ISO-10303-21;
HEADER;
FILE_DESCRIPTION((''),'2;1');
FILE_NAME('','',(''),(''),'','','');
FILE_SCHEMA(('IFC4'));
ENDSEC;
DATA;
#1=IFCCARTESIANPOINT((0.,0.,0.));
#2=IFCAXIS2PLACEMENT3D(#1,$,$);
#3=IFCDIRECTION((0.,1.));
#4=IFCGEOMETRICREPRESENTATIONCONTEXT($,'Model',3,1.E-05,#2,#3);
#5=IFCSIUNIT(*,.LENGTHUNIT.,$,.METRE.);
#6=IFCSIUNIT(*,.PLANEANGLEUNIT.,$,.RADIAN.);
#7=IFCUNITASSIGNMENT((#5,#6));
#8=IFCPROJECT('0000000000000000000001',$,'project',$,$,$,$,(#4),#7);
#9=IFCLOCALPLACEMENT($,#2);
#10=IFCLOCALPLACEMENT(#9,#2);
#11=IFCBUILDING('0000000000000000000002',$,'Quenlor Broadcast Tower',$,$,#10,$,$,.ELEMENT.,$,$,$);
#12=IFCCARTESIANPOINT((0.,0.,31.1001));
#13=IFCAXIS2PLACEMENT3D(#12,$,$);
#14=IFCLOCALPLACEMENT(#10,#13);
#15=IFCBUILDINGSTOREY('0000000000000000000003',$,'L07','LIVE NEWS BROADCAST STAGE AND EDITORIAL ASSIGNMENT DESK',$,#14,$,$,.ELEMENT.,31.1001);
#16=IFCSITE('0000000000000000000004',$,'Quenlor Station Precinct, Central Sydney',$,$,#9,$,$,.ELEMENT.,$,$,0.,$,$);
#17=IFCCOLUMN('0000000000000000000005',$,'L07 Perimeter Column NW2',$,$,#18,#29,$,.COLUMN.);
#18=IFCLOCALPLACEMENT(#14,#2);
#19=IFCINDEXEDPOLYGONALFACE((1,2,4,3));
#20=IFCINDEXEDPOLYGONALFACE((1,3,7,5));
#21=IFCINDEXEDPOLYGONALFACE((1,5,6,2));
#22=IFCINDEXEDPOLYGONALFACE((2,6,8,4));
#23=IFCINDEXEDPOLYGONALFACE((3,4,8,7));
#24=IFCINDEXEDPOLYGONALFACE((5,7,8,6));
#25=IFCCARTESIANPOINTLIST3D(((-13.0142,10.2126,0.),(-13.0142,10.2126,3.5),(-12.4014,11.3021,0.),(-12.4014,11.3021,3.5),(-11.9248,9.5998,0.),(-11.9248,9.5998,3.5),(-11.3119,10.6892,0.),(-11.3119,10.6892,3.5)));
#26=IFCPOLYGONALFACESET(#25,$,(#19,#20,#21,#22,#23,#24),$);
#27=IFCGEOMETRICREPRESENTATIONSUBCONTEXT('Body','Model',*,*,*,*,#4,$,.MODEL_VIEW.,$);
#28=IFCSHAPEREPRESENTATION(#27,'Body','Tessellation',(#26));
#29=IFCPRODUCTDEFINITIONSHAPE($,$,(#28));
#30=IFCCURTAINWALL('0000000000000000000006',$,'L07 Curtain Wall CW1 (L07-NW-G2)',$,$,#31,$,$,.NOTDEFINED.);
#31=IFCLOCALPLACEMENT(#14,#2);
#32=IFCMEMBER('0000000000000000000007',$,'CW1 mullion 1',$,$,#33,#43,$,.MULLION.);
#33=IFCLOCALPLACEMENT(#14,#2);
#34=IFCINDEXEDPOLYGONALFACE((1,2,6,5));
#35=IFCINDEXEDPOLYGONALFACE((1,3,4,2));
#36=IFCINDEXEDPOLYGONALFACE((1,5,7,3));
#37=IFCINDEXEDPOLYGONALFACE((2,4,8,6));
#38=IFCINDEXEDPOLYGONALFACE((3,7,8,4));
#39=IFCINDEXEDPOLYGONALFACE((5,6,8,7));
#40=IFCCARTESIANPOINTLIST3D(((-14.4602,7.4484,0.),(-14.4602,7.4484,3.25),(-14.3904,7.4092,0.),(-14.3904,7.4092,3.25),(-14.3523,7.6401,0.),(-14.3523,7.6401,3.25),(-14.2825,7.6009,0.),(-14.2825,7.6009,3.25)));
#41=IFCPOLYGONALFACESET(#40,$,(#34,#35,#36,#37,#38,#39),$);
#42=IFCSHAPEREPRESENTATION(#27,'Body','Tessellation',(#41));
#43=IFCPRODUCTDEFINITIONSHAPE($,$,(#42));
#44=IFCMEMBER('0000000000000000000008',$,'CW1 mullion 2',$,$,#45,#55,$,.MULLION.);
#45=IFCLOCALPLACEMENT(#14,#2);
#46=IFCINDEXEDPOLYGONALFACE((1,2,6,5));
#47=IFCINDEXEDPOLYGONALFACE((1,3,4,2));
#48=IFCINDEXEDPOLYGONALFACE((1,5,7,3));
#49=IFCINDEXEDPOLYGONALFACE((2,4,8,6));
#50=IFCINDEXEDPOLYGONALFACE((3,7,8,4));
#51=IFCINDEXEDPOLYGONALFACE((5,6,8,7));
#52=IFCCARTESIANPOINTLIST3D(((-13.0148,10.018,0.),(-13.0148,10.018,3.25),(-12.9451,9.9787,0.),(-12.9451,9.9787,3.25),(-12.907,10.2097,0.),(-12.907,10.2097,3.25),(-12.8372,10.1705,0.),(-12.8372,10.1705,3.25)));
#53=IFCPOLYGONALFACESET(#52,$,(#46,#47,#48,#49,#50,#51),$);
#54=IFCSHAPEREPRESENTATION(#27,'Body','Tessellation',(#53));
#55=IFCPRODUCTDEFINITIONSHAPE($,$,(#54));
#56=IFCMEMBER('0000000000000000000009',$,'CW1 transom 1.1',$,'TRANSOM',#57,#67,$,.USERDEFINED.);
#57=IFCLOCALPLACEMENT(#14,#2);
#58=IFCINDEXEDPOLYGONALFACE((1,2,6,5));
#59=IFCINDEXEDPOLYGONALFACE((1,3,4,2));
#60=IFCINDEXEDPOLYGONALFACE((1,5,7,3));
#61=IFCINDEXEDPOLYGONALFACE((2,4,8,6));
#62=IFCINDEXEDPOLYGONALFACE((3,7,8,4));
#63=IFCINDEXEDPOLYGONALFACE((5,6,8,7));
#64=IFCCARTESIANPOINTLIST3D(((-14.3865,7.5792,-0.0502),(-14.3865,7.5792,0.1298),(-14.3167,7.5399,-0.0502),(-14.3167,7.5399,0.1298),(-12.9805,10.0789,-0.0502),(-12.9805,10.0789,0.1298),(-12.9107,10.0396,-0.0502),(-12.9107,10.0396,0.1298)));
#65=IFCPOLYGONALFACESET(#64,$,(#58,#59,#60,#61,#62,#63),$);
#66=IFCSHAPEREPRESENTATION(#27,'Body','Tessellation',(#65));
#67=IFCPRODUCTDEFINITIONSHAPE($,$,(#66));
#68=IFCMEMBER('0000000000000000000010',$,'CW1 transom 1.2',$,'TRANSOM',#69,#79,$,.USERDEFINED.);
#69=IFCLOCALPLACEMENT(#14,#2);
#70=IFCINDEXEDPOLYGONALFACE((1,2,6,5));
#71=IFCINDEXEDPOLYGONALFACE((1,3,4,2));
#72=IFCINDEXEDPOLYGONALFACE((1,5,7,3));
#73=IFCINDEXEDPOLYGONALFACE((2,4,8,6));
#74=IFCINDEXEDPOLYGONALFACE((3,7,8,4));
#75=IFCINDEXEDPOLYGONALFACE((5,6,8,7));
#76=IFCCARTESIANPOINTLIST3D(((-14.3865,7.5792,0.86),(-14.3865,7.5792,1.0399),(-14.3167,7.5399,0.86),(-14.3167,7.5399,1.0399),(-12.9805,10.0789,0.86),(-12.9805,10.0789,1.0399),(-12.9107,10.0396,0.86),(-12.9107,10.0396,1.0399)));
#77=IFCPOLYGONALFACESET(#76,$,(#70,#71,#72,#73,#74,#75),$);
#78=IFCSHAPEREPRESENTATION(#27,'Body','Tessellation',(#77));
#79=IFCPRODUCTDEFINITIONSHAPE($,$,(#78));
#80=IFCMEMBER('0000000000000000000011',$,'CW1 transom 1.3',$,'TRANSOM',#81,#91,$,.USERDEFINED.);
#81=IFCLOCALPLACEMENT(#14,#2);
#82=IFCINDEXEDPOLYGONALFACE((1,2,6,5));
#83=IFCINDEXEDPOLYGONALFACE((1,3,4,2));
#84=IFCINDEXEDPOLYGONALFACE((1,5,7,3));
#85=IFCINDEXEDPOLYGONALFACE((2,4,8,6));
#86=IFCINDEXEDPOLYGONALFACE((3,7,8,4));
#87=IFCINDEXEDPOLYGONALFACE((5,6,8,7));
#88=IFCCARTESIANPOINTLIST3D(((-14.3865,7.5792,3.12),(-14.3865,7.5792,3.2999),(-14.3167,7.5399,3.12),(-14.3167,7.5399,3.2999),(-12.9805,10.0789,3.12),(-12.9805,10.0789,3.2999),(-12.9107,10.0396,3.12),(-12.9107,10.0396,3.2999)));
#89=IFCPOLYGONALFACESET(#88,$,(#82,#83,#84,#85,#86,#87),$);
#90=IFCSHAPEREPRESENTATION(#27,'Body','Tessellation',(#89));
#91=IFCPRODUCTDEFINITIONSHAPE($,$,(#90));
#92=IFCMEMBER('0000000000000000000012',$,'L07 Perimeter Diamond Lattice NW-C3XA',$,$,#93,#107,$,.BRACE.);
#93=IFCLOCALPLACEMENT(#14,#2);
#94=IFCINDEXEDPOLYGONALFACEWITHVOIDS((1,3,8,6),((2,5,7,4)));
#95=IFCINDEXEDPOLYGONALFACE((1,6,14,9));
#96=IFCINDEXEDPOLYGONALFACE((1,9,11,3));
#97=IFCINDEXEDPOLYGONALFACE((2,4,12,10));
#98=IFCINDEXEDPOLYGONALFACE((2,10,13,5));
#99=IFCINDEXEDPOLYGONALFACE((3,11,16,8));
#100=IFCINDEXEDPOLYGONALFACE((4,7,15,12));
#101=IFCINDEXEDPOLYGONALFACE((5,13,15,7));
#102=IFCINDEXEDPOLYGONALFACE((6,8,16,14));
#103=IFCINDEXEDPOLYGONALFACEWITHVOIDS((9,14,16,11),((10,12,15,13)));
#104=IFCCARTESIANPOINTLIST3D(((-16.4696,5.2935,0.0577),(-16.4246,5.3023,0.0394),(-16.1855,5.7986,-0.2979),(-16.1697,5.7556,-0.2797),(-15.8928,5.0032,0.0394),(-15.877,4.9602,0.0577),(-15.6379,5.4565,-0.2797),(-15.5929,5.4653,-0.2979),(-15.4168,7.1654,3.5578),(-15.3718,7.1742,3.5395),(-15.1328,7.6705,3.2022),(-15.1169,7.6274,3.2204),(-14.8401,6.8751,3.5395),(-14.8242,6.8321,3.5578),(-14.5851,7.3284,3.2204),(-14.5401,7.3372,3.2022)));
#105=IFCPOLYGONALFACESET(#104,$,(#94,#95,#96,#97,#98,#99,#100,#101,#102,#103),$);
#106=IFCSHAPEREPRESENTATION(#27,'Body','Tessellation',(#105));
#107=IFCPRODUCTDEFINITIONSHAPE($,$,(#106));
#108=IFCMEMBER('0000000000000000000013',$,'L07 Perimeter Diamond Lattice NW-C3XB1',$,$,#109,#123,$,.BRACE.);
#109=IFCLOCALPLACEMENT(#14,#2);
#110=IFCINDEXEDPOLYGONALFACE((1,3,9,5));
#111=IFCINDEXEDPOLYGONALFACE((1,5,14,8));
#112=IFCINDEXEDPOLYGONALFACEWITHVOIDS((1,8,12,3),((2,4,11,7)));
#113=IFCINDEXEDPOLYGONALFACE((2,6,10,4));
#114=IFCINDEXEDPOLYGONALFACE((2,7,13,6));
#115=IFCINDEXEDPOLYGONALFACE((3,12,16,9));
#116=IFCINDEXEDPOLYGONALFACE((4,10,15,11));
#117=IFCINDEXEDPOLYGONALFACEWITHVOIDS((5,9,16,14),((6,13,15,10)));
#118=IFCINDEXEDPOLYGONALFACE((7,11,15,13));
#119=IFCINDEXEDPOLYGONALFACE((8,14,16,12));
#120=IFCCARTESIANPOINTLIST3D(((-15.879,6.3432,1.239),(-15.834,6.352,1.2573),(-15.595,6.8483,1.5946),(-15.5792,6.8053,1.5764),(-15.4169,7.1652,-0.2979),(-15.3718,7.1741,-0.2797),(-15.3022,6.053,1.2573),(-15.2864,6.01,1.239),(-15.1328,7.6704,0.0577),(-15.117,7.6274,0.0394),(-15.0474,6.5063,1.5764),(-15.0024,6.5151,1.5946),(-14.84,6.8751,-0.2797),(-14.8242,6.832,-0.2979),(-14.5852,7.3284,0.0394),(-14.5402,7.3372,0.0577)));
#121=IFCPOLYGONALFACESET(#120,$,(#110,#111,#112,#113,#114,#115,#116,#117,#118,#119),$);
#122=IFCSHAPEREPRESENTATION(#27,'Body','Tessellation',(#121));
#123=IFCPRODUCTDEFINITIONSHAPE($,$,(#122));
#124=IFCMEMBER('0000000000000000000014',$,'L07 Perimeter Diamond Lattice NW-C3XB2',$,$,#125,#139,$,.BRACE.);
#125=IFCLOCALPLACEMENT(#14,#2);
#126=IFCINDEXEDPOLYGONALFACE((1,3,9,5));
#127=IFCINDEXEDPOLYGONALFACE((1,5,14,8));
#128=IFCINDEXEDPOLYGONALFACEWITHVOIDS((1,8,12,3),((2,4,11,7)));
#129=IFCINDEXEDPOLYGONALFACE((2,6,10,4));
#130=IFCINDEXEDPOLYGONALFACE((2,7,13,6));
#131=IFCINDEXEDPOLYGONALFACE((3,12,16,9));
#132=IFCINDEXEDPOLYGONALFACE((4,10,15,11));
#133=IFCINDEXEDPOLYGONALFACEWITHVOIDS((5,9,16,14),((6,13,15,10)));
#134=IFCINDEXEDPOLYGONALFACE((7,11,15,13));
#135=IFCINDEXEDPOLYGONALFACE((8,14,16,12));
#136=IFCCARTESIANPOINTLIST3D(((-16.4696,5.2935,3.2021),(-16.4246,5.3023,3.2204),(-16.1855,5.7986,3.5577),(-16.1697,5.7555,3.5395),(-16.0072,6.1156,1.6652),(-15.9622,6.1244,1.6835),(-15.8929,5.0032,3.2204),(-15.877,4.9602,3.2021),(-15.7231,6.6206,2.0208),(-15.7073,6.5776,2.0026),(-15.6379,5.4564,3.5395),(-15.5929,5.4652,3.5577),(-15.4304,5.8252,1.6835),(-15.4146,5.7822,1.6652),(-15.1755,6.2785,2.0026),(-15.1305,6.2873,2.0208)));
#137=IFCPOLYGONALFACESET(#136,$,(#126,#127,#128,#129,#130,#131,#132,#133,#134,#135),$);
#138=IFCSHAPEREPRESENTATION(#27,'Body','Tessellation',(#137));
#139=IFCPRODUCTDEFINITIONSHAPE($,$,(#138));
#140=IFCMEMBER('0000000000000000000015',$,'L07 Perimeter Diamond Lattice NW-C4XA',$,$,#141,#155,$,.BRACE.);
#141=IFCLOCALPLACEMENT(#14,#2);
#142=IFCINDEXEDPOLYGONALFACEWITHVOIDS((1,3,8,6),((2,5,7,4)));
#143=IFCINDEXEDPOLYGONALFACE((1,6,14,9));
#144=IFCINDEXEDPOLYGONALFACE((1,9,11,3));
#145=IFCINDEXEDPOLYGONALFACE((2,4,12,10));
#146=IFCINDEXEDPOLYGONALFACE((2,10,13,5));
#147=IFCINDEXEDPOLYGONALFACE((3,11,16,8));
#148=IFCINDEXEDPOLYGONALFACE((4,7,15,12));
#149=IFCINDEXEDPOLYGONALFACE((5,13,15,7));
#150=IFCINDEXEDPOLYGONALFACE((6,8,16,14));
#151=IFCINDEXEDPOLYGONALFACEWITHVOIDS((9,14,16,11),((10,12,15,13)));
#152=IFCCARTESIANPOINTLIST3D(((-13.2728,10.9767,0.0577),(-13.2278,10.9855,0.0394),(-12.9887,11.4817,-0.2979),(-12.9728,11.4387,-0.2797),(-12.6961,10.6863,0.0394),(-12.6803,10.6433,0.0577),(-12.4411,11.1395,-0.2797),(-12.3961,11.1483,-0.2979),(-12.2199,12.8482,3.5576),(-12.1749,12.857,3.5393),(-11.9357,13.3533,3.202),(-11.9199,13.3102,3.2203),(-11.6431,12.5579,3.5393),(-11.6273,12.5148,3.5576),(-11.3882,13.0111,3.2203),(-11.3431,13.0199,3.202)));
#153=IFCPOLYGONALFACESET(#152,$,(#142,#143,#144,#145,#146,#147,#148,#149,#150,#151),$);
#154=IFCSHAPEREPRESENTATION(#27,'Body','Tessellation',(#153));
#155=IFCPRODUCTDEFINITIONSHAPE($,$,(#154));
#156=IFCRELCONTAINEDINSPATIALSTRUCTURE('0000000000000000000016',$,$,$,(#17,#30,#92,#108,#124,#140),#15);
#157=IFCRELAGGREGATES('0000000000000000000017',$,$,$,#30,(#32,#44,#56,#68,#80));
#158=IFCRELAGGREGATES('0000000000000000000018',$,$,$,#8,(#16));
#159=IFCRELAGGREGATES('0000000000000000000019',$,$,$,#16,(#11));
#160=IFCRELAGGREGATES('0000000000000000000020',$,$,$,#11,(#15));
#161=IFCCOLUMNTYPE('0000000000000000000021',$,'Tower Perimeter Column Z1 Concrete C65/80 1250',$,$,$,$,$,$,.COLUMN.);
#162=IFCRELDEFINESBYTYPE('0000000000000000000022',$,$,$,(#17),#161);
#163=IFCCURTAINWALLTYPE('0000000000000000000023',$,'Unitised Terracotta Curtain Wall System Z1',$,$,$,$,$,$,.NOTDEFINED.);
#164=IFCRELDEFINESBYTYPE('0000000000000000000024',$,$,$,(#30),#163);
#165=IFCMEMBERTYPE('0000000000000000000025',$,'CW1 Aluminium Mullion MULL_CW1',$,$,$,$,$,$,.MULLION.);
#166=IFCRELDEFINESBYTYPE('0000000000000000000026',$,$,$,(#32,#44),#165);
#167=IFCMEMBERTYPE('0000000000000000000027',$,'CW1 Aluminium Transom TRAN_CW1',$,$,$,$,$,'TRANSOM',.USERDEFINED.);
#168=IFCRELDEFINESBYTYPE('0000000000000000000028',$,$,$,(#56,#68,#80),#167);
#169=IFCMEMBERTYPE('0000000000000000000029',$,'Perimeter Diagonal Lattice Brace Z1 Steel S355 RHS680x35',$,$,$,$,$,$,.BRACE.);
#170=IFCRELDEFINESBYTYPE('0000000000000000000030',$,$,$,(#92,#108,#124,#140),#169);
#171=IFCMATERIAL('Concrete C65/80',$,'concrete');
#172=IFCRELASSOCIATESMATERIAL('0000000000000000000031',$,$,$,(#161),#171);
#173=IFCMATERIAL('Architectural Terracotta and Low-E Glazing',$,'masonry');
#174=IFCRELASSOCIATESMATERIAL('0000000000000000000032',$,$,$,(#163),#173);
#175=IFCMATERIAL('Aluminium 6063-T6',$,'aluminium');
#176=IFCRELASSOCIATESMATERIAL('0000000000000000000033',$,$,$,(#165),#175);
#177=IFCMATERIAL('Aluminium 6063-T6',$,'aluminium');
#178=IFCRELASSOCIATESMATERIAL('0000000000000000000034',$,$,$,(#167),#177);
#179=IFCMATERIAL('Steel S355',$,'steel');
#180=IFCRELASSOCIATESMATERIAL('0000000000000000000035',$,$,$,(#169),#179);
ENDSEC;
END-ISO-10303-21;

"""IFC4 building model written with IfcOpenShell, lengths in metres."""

from ifc_helpers import new_model, si_unit, direction, frame, origin, origin_2d, place, context, subcontext, project, spatial, rectangle, hollow_rectangle, extrude, material, material_profile, profile_set, type_object, element, aggregate, save


model = new_model("IFC4")

# Units and contexts
model_context = context("Model", 3, precision=1e-05, world=origin(), true_north=direction((0.0, 1.0)))
body_context = subcontext(model_context, "Body", "Model", "MODEL_VIEW")
ifc_project = project(units=[si_unit("LENGTHUNIT", "METRE"), si_unit("PLANEANGLEUNIT", "RADIAN")], contexts=[model_context])

# Site, building, storey
site_placement = place(None, origin())
site = spatial("IfcSite", under=ifc_project, at=site_placement, Name="Quenlor Station Precinct, Central Sydney", CompositionType="ELEMENT", RefElevation=0.0)
building_placement = place(site_placement, origin())
building = spatial("IfcBuilding", under=site, at=building_placement, Name="Quenlor Broadcast Tower", CompositionType="ELEMENT")
storey_placement = place(building_placement, frame((0.0, 0.0, 31.1001)))
storey = spatial("IfcBuildingStorey", under=building, at=storey_placement, Name="L07", Description="LIVE NEWS BROADCAST STAGE AND EDITORIAL ASSIGNMENT DESK", CompositionType="ELEMENT", Elevation=31.1001)

# Column
ifc_material_1 = material(Name="Concrete C65/80", Category="concrete")
ifc_material_profile_1 = material_profile(ifc_material_1, rectangle(XDim=1.25, YDim=1.25, at=origin_2d()))
ifc_profile_set_1 = profile_set([ifc_material_profile_1], Name="Concrete C65/80 RC1250x1250")
column_type = type_object("IfcColumnType", Name="Tower Perimeter Column Z1 Concrete C65/80 1250", PredefinedType="COLUMN", material=ifc_profile_set_1)
column_placement = place(storey_placement, frame((-12.1631, 10.4509, 0.0), z_axis=(0.0, 0.0, 1.0), x_axis=(-0.871575, 0.490262, 0.0)))
element("IfcColumn", 1, at=column_placement, inside=storey, type_object=column_type, Name="L07 Perimeter Column NW2", PredefinedType="COLUMN", context=body_context, shape_type="SweptSolid", body=[
    extrude(rectangle(XDim=1.25, YDim=1.25, at=origin_2d()), origin(), (0.0, 0.0, 1.0), 3.5),
])

# Curtain wall, members
ifc_material_2 = material(Name="Architectural Terracotta and Low-E Glazing", Category="masonry")
curtain_wall_type = type_object("IfcCurtainWallType", Name="Unitised Terracotta Curtain Wall System Z1", PredefinedType="NOTDEFINED", material=ifc_material_2)
curtain_wall_placement = place(storey_placement, origin())
curtain_wall = element("IfcCurtainWall", 2, at=curtain_wall_placement, inside=storey, type_object=curtain_wall_type, Name="L07 Curtain Wall CW1 (L07-NW-G2)", PredefinedType="NOTDEFINED")
ifc_material_3 = material(Name="Aluminium 6063-T6", Category="aluminium")
ifc_material_profile_2 = material_profile(ifc_material_3, rectangle(XDim=0.0801, YDim=0.22, at=origin_2d()))
ifc_profile_set_2 = profile_set([ifc_material_profile_2], Name="Aluminium 6063-T6 MULL80x220")
member_type_1 = type_object("IfcMemberType", Name="CW1 Aluminium Mullion MULL_CW1", PredefinedType="MULLION", material=ifc_profile_set_2)
member_1_placement = place(storey_placement, frame((-14.3713, 7.5247, 0.0), z_axis=(0.0, 0.0, 1.0), x_axis=(-0.871568, 0.490274, 0.0)))
member_1 = element("IfcMember", 3, at=member_1_placement, type_object=member_type_1, Name="CW1 mullion 1", PredefinedType="MULLION", context=body_context, shape_type="SweptSolid", body=[
    extrude(rectangle(XDim=0.0801, YDim=0.22, at=origin_2d()), origin(), (0.0, 0.0, 1.0), 3.25),
])
member_2_placement = place(storey_placement, frame((-12.926, 10.0942, 0.0), z_axis=(0.0, 0.0, 1.0), x_axis=(-0.871568, 0.490274, 0.0)))
member_2 = element("IfcMember", 4, at=member_2_placement, type_object=member_type_1, Name="CW1 mullion 2", PredefinedType="MULLION", context=body_context, shape_type="SweptSolid", body=[
    extrude(rectangle(XDim=0.0801, YDim=0.22, at=origin_2d()), origin(), (0.0, 0.0, 1.0), 3.25),
])
ifc_material_4 = material(Name="Aluminium 6063-T6", Category="aluminium")
ifc_material_profile_3 = material_profile(ifc_material_4, rectangle(XDim=0.0801, YDim=0.1799, at=origin_2d()))
ifc_profile_set_3 = profile_set([ifc_material_profile_3], Name="Aluminium 6063-T6 TRAN80x180")
member_type_2 = type_object("IfcMemberType", Name="CW1 Aluminium Transom TRAN_CW1", ElementType="TRANSOM", PredefinedType="USERDEFINED", material=ifc_profile_set_3)
member_3_placement = place(storey_placement, frame((-14.3516, 7.5596, 0.0398), z_axis=(0.490233, 0.871591, 0.0), x_axis=(-0.871591, 0.490233, 0.0)))
member_3 = element("IfcMember", 5, at=member_3_placement, type_object=member_type_2, Name="CW1 transom 1.1", ObjectType="TRANSOM", PredefinedType="USERDEFINED", context=body_context, shape_type="SweptSolid", body=[
    extrude(rectangle(XDim=0.0801, YDim=0.1799, at=origin_2d()), origin(), (0.0, 0.0, 1.0), 2.8679),
])
member_4_placement = place(storey_placement, frame((-14.3516, 7.5596, 0.95), z_axis=(0.490233, 0.871591, 0.0), x_axis=(-0.871591, 0.490233, 0.0)))
member_4 = element("IfcMember", 6, at=member_4_placement, type_object=member_type_2, Name="CW1 transom 1.2", ObjectType="TRANSOM", PredefinedType="USERDEFINED", context=body_context, shape_type="SweptSolid", body=[
    extrude(rectangle(XDim=0.0801, YDim=0.1799, at=origin_2d()), origin(), (0.0, 0.0, 1.0), 2.8679),
])
member_5_placement = place(storey_placement, frame((-14.3516, 7.5596, 3.21), z_axis=(0.490233, 0.871591, 0.0), x_axis=(-0.871591, 0.490233, 0.0)))
member_5 = element("IfcMember", 7, at=member_5_placement, type_object=member_type_2, Name="CW1 transom 1.3", ObjectType="TRANSOM", PredefinedType="USERDEFINED", context=body_context, shape_type="SweptSolid", body=[
    extrude(rectangle(XDim=0.0801, YDim=0.1799, at=origin_2d()), origin(), (0.0, 0.0, 1.0), 2.8679),
])

# Members
ifc_material_5 = material(Name="Steel S355", Category="steel")
ifc_material_profile_4 = material_profile(ifc_material_5, hollow_rectangle(XDim=0.6799, YDim=0.6799, WallThickness=0.0349, at=origin_2d()))
ifc_profile_set_4 = profile_set([ifc_material_profile_4], Name="Steel S355 RHS680x680x35")
member_type_3 = type_object("IfcMemberType", Name="Perimeter Diagonal Lattice Brace Z1 Steel S355 RHS680x35", PredefinedType="BRACE", material=ifc_profile_set_4)
member_6_placement = place(storey_placement, frame((-16.0312, 5.3794, -0.1201), z_axis=(0.256368, 0.455839, 0.852342), x_axis=(-0.871609, 0.490202, 0.0)))
element("IfcMember", 8, at=member_6_placement, inside=storey, type_object=member_type_3, Name="L07 Perimeter Diamond Lattice NW-C3XA", PredefinedType="BRACE", context=body_context, shape_type="SweptSolid", body=[
    extrude(hollow_rectangle(XDim=0.6799, YDim=0.6799, WallThickness=0.0349, at=origin_2d()), origin(), (0.0, 0.0, 1.0), 4.1064),
])
for number, where, z_axis, x_axis, name in (
    (9, (-14.9785, 7.2512, -0.1201), (-0.256309, -0.455887, 0.852334), (0.871679, -0.490077, 0.0), "L07 Perimeter Diamond Lattice NW-C3XB1"),
    (10, (-15.5688, 6.2014, 1.843), (-0.256436, -0.455871, 0.852304), (0.871569, -0.490274, 0.0), "L07 Perimeter Diamond Lattice NW-C3XB2"),
):
    element("IfcMember", number, at=place(storey_placement, frame(where, z_axis=z_axis, x_axis=x_axis)), inside=storey, type_object=member_type_3, Name=name, PredefinedType="BRACE", context=body_context, shape_type="SweptSolid", body=[
        extrude(hollow_rectangle(XDim=0.6799, YDim=0.6799, WallThickness=0.0349, at=origin_2d()), origin(), (0.0, 0.0, 1.0), 1.8032),
    ])
member_7_placement = place(storey_placement, frame((-12.8345, 11.0625, -0.1201), z_axis=(0.256431, 0.455785, 0.852352), x_axis=(-0.871533, 0.490337, 0.0)))
element("IfcMember", 11, at=member_7_placement, inside=storey, type_object=member_type_3, Name="L07 Perimeter Diamond Lattice NW-C4XA", PredefinedType="BRACE", context=body_context, shape_type="SweptSolid", body=[
    extrude(hollow_rectangle(XDim=0.6799, YDim=0.6799, WallThickness=0.0349, at=origin_2d()), origin(), (0.0, 0.0, 1.0), 4.1062),
])

aggregate(curtain_wall, [member_1, member_2, member_3, member_4, member_5])

save(model, "model.ifc")
